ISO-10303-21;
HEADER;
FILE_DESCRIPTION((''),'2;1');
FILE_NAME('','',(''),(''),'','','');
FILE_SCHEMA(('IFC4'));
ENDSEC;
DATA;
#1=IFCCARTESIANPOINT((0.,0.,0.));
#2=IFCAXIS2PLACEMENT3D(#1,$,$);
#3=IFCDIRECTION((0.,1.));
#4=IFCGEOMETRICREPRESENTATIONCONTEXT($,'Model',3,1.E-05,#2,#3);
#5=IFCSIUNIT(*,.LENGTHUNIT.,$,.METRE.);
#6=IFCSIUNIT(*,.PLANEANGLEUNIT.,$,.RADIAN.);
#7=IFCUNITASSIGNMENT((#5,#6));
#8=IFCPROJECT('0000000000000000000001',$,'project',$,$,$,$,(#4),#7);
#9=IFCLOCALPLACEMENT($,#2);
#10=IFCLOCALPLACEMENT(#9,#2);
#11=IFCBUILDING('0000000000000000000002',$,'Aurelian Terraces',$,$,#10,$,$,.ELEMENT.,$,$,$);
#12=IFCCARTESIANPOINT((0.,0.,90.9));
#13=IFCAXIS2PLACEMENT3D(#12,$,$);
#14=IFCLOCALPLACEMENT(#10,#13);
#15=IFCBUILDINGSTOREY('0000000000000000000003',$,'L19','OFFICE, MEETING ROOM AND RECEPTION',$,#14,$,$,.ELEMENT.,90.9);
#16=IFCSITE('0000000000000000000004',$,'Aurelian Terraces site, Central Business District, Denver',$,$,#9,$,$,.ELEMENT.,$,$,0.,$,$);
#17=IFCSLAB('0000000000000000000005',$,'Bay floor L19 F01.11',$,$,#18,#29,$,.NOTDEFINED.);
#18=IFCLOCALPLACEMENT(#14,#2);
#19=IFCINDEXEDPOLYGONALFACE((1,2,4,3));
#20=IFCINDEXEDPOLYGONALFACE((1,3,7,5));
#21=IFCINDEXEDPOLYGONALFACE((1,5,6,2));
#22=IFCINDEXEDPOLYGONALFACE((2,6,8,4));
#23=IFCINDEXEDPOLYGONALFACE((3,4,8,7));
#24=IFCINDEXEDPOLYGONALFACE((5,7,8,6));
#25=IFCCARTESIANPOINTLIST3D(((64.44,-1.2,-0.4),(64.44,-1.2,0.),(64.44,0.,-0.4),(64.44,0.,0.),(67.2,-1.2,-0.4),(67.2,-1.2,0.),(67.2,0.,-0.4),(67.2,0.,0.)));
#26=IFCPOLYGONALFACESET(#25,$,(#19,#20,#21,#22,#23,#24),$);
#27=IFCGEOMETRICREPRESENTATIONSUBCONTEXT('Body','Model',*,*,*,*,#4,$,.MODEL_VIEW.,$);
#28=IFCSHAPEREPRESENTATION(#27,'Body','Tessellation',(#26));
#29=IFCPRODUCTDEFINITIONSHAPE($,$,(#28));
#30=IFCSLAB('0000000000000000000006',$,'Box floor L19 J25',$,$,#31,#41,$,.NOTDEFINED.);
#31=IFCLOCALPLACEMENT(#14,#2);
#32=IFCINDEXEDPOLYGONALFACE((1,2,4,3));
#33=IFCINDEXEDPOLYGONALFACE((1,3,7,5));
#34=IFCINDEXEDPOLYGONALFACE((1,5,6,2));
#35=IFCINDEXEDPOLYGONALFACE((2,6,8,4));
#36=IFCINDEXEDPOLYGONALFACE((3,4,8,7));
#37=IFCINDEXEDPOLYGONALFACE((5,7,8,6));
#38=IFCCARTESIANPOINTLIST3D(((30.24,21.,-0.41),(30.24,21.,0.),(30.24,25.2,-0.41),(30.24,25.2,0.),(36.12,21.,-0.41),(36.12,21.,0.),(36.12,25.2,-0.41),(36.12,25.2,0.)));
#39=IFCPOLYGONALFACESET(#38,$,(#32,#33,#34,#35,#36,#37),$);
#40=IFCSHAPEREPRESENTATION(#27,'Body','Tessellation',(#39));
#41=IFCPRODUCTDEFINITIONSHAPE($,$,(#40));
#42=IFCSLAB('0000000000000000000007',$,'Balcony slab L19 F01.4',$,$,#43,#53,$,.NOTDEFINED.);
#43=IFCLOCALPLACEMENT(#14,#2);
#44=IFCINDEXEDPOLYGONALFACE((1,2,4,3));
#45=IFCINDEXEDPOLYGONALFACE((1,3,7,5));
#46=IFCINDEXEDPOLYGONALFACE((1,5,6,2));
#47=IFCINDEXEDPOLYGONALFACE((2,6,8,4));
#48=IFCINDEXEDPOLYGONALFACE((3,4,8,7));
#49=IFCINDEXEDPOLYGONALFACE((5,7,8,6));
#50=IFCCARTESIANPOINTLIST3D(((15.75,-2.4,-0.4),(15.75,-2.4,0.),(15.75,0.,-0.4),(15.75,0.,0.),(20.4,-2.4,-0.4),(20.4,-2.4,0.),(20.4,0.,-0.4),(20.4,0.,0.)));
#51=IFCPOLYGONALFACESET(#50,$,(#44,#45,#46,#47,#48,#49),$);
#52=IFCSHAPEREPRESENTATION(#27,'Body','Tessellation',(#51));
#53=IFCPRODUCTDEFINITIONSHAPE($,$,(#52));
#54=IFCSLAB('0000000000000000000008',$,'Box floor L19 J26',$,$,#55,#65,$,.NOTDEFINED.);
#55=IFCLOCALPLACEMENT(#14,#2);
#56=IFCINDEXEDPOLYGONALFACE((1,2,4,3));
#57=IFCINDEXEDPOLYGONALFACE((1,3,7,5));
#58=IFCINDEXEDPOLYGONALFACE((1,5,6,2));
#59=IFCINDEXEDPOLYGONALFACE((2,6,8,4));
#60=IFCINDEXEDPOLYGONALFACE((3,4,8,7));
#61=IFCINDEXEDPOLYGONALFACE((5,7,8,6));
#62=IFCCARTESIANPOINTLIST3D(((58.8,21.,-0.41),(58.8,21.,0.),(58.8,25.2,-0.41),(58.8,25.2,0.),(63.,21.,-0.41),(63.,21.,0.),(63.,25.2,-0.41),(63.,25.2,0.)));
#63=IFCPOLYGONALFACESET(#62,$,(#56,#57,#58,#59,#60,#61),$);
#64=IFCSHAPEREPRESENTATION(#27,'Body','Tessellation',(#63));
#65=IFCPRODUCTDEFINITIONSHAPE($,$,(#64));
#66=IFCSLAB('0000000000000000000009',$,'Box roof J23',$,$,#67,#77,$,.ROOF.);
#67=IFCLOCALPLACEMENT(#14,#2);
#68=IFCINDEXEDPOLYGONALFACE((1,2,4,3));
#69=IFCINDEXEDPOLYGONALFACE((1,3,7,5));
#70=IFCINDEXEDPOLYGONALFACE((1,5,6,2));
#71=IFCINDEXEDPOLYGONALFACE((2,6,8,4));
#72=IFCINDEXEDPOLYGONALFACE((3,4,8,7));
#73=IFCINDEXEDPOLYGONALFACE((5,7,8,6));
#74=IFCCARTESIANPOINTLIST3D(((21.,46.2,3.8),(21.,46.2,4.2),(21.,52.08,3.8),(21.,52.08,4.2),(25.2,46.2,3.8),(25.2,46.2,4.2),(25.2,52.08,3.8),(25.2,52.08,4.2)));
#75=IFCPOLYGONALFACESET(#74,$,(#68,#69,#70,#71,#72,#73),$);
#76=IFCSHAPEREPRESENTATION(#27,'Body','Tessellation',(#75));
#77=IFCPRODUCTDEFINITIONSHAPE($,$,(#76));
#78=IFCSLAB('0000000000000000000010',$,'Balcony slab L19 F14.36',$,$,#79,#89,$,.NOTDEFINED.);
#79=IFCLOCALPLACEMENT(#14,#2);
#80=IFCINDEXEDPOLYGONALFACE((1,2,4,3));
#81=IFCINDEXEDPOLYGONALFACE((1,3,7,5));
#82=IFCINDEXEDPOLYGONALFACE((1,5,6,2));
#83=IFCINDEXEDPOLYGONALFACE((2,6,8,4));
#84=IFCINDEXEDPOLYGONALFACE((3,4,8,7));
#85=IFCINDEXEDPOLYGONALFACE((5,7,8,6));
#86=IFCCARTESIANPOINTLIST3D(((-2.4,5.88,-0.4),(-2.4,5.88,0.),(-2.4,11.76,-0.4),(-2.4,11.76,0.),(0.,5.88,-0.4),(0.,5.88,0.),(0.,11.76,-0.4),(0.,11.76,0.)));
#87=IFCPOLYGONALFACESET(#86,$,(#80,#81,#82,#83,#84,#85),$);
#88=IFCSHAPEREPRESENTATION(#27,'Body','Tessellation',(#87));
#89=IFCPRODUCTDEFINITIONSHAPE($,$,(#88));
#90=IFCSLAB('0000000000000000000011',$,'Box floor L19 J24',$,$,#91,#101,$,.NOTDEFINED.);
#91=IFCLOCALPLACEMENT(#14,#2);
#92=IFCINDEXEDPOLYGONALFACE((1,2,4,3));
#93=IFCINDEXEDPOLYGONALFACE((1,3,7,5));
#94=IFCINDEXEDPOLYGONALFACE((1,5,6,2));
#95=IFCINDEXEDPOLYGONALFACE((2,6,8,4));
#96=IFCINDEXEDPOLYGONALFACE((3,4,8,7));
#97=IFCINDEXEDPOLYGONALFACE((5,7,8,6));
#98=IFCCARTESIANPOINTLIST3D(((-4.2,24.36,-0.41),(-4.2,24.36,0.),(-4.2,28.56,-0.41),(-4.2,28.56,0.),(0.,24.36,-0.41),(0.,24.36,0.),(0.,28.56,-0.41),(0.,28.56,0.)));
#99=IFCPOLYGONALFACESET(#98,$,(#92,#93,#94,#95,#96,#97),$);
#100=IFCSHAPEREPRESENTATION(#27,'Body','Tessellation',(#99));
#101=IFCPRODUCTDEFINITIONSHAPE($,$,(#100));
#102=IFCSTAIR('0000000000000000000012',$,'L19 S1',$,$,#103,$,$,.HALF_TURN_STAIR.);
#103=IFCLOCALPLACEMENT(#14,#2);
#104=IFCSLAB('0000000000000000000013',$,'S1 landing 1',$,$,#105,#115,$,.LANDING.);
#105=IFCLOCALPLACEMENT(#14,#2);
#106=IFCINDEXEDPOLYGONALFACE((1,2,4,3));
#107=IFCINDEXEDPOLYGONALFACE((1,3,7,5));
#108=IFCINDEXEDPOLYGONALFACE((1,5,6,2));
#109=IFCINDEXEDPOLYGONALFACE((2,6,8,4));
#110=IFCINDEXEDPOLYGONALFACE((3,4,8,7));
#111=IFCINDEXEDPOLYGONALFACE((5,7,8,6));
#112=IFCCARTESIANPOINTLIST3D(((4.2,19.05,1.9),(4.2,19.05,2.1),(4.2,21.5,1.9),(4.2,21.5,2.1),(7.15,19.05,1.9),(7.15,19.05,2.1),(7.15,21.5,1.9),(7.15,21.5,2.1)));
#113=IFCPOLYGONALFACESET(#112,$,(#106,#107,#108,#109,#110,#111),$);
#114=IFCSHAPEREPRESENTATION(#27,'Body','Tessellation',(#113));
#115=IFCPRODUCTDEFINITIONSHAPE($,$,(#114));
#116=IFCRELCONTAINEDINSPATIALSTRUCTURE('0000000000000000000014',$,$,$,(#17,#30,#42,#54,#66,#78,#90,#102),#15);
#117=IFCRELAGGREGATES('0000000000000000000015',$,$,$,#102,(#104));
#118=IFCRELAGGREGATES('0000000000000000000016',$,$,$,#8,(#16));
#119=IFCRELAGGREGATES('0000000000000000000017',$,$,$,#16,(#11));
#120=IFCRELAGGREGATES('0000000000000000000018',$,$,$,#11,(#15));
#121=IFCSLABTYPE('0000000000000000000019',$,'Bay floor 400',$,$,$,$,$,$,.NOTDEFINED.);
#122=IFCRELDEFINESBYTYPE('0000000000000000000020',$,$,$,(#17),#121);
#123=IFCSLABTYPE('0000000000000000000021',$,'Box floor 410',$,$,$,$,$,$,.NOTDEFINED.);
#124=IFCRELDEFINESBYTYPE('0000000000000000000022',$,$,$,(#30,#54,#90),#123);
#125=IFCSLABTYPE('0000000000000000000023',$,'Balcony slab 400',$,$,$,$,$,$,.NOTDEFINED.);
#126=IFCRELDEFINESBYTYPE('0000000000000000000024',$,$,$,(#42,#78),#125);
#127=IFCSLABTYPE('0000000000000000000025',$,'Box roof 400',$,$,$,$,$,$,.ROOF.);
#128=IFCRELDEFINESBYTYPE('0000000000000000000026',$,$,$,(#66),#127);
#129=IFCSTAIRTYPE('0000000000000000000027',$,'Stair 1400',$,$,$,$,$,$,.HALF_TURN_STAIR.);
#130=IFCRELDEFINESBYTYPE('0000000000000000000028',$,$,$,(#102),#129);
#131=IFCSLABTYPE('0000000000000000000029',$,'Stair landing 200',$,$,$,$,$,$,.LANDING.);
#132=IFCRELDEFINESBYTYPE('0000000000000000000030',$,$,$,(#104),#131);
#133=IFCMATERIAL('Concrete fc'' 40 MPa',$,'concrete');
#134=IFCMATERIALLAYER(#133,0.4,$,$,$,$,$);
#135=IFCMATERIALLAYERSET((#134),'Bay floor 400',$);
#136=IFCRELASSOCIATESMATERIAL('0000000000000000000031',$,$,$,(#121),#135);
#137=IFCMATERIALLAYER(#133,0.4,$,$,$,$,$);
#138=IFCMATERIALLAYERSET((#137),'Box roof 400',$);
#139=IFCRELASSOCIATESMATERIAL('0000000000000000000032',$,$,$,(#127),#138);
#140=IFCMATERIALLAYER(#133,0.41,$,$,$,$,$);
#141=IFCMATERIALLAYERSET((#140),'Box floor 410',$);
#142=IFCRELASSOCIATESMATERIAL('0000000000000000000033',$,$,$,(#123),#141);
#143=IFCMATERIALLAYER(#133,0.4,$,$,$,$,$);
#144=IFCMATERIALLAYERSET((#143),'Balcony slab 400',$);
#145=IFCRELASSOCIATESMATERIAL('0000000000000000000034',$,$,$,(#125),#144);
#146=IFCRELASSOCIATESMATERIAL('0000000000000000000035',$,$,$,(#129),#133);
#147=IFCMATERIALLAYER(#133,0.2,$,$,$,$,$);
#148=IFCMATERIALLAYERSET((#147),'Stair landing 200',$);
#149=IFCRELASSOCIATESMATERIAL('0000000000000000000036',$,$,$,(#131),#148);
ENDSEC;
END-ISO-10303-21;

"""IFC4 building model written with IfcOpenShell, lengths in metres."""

from ifc_helpers import new_model, si_unit, direction, frame, origin, place, context, subcontext, project, spatial, polyline, outline, extrude, source, transform, mapped, material, layer, layer_set, type_object, element, aggregate, save


model = new_model("IFC4")

# Units and contexts
model_context = context("Model", 3, precision=1e-05, world=origin(), true_north=direction((0.0, 1.0)))
body_context = subcontext(model_context, "Body", "Model", "MODEL_VIEW")
ifc_project = project(units=[si_unit("LENGTHUNIT", "METRE"), si_unit("PLANEANGLEUNIT", "RADIAN")], contexts=[model_context])

# Site, building, storey
site_placement = place(None, origin())
site = spatial("IfcSite", under=ifc_project, at=site_placement, Name="Aurelian Terraces site, Central Business District, Denver", CompositionType="ELEMENT", RefElevation=0.0)
building_placement = place(site_placement, origin())
building = spatial("IfcBuilding", under=site, at=building_placement, Name="Aurelian Terraces", CompositionType="ELEMENT")
storey_placement = place(building_placement, frame((0.0, 0.0, 90.9)))
storey = spatial("IfcBuildingStorey", under=building, at=storey_placement, Name="L19", Description="OFFICE, MEETING ROOM AND RECEPTION", CompositionType="ELEMENT", Elevation=90.9)

# Slabs
ifc_material_1 = material(Name="Concrete fc' 40 MPa", Category="concrete")
ifc_layer_1 = layer(ifc_material_1, 0.4)
ifc_layer_set_1 = layer_set([ifc_layer_1], Name="Bay floor 400")
slab_type_1 = type_object("IfcSlabType", Name="Bay floor 400", PredefinedType="NOTDEFINED", material=ifc_layer_set_1)
ifc_layer_2 = layer(ifc_material_1, 0.4)
ifc_layer_set_2 = layer_set([ifc_layer_2], Name="Box roof 400")
slab_type_2 = type_object("IfcSlabType", Name="Box roof 400", PredefinedType="ROOF", material=ifc_layer_set_2)
ifc_layer_3 = layer(ifc_material_1, 0.41)
ifc_layer_set_3 = layer_set([ifc_layer_3], Name="Box floor 410")
slab_type_3 = type_object("IfcSlabType", Name="Box floor 410", PredefinedType="NOTDEFINED", material=ifc_layer_set_3)
shared_shape_1 = source(origin(), body_context, "Body", "SweptSolid", [
    extrude(outline(polyline([(64.44, 0.0), (67.2, 0.0), (67.2, -1.2), (64.44, -1.2), (64.44, 0.0)])), origin(), (0.0, 0.0, 1.0), 0.4),
])
slab_1_placement = place(storey_placement, frame((0.0, 0.0, -0.4)))
element("IfcSlab", 1, at=slab_1_placement, inside=storey, type_object=slab_type_1, Name="Bay floor L19 F01.11", PredefinedType="NOTDEFINED", context=body_context, shape_type="MappedRepresentation", body=[
    mapped(shared_shape_1, transform((0.0, 0.0, 0.0), scale=1.0)),
])
shared_shape_2 = source(origin(), body_context, "Body", "SweptSolid", [
    extrude(outline(polyline([(36.12, 25.2), (30.24, 25.2), (30.24, 21.0), (36.12, 21.0), (36.12, 25.2)])), origin(), (0.0, 0.0, 1.0), 0.41),
])
slab_2_placement = place(storey_placement, frame((0.0, 0.0, -0.41)))
element("IfcSlab", 2, at=slab_2_placement, inside=storey, type_object=slab_type_3, Name="Box floor L19 J25", PredefinedType="NOTDEFINED", context=body_context, shape_type="MappedRepresentation", body=[
    mapped(shared_shape_2, transform((0.0, 0.0, 0.0), scale=1.0)),
])
ifc_layer_4 = layer(ifc_material_1, 0.4)
ifc_layer_set_4 = layer_set([ifc_layer_4], Name="Balcony slab 400")
slab_type_4 = type_object("IfcSlabType", Name="Balcony slab 400", PredefinedType="NOTDEFINED", material=ifc_layer_set_4)
shared_shape_3 = source(origin(), body_context, "Body", "SweptSolid", [
    extrude(outline(polyline([(15.75, 0.0), (20.4, 0.0), (20.4, -2.4), (15.75, -2.4), (15.75, 0.0)])), origin(), (0.0, 0.0, 1.0), 0.4),
])
slab_3_placement = place(storey_placement, frame((0.0, 0.0, -0.4)))
element("IfcSlab", 3, at=slab_3_placement, inside=storey, type_object=slab_type_4, Name="Balcony slab L19 F01.4", PredefinedType="NOTDEFINED", context=body_context, shape_type="MappedRepresentation", body=[
    mapped(shared_shape_3, transform((0.0, 0.0, 0.0), scale=1.0)),
])
shared_shape_4 = source(origin(), body_context, "Body", "SweptSolid", [
    extrude(outline(polyline([(63.0, 25.2), (58.8, 25.2), (58.8, 21.0), (63.0, 21.0), (63.0, 25.2)])), origin(), (0.0, 0.0, 1.0), 0.41),
])
slab_4_placement = place(storey_placement, frame((0.0, 0.0, -0.41)))
element("IfcSlab", 4, at=slab_4_placement, inside=storey, type_object=slab_type_3, Name="Box floor L19 J26", PredefinedType="NOTDEFINED", context=body_context, shape_type="MappedRepresentation", body=[
    mapped(shared_shape_4, transform((0.0, 0.0, 0.0), scale=1.0)),
])
shared_shape_5 = source(origin(), body_context, "Body", "SweptSolid", [
    extrude(outline(polyline([(25.2, 46.2), (25.2, 52.08), (21.0, 52.08), (21.0, 46.2), (25.2, 46.2)])), origin(), (0.0, 0.0, 1.0), 0.4),
])
slab_5_placement = place(storey_placement, frame((0.0, 0.0, 3.8)))
element("IfcSlab", 5, at=slab_5_placement, inside=storey, type_object=slab_type_2, Name="Box roof J23", PredefinedType="ROOF", context=body_context, shape_type="MappedRepresentation", body=[
    mapped(shared_shape_5, transform((0.0, 0.0, 0.0), scale=1.0)),
])
shared_shape_6 = source(origin(), body_context, "Body", "SweptSolid", [
    extrude(outline(polyline([(0.0, 11.76), (0.0, 5.88), (-2.4, 5.88), (-2.4, 11.76), (0.0, 11.76)])), origin(), (0.0, 0.0, 1.0), 0.4),
])
slab_6_placement = place(storey_placement, frame((0.0, 0.0, -0.4)))
element("IfcSlab", 6, at=slab_6_placement, inside=storey, type_object=slab_type_4, Name="Balcony slab L19 F14.36", PredefinedType="NOTDEFINED", context=body_context, shape_type="MappedRepresentation", body=[
    mapped(shared_shape_6, transform((0.0, 0.0, 0.0), scale=1.0)),
])
shared_shape_7 = source(origin(), body_context, "Body", "SweptSolid", [
    extrude(outline(polyline([(-4.2, 28.56), (-4.2, 24.36), (0.0, 24.36), (0.0, 28.56), (-4.2, 28.56)])), origin(), (0.0, 0.0, 1.0), 0.41),
])
slab_7_placement = place(storey_placement, frame((0.0, 0.0, -0.41)))
element("IfcSlab", 7, at=slab_7_placement, inside=storey, type_object=slab_type_3, Name="Box floor L19 J24", PredefinedType="NOTDEFINED", context=body_context, shape_type="MappedRepresentation", body=[
    mapped(shared_shape_7, transform((0.0, 0.0, 0.0), scale=1.0)),
])

# Stair, slab
stair_type = type_object("IfcStairType", Name="Stair 1400", PredefinedType="HALF_TURN_STAIR", material=ifc_material_1)
stair_placement = place(storey_placement, origin())
stair = element("IfcStair", 8, at=stair_placement, inside=storey, type_object=stair_type, Name="L19 S1", PredefinedType="HALF_TURN_STAIR")
ifc_layer_5 = layer(ifc_material_1, 0.2)
ifc_layer_set_5 = layer_set([ifc_layer_5], Name="Stair landing 200")
slab_type_5 = type_object("IfcSlabType", Name="Stair landing 200", PredefinedType="LANDING", material=ifc_layer_set_5)
shared_shape_8 = source(origin(), body_context, "Body", "SweptSolid", [
    extrude(outline(polyline([(7.15, 19.05), (7.15, 21.5), (4.2, 21.5), (4.2, 19.05), (7.15, 19.05)])), origin(), (0.0, 0.0, 1.0), 0.2),
])
slab_8_placement = place(storey_placement, frame((0.0, 0.0, 1.9)))
slab_8 = element("IfcSlab", 9, at=slab_8_placement, type_object=slab_type_5, Name="S1 landing 1", PredefinedType="LANDING", context=body_context, shape_type="MappedRepresentation", body=[
    mapped(shared_shape_8, transform((0.0, 0.0, 0.0), scale=1.0)),
])
aggregate(stair, [slab_8])

save(model, "model.ifc")
